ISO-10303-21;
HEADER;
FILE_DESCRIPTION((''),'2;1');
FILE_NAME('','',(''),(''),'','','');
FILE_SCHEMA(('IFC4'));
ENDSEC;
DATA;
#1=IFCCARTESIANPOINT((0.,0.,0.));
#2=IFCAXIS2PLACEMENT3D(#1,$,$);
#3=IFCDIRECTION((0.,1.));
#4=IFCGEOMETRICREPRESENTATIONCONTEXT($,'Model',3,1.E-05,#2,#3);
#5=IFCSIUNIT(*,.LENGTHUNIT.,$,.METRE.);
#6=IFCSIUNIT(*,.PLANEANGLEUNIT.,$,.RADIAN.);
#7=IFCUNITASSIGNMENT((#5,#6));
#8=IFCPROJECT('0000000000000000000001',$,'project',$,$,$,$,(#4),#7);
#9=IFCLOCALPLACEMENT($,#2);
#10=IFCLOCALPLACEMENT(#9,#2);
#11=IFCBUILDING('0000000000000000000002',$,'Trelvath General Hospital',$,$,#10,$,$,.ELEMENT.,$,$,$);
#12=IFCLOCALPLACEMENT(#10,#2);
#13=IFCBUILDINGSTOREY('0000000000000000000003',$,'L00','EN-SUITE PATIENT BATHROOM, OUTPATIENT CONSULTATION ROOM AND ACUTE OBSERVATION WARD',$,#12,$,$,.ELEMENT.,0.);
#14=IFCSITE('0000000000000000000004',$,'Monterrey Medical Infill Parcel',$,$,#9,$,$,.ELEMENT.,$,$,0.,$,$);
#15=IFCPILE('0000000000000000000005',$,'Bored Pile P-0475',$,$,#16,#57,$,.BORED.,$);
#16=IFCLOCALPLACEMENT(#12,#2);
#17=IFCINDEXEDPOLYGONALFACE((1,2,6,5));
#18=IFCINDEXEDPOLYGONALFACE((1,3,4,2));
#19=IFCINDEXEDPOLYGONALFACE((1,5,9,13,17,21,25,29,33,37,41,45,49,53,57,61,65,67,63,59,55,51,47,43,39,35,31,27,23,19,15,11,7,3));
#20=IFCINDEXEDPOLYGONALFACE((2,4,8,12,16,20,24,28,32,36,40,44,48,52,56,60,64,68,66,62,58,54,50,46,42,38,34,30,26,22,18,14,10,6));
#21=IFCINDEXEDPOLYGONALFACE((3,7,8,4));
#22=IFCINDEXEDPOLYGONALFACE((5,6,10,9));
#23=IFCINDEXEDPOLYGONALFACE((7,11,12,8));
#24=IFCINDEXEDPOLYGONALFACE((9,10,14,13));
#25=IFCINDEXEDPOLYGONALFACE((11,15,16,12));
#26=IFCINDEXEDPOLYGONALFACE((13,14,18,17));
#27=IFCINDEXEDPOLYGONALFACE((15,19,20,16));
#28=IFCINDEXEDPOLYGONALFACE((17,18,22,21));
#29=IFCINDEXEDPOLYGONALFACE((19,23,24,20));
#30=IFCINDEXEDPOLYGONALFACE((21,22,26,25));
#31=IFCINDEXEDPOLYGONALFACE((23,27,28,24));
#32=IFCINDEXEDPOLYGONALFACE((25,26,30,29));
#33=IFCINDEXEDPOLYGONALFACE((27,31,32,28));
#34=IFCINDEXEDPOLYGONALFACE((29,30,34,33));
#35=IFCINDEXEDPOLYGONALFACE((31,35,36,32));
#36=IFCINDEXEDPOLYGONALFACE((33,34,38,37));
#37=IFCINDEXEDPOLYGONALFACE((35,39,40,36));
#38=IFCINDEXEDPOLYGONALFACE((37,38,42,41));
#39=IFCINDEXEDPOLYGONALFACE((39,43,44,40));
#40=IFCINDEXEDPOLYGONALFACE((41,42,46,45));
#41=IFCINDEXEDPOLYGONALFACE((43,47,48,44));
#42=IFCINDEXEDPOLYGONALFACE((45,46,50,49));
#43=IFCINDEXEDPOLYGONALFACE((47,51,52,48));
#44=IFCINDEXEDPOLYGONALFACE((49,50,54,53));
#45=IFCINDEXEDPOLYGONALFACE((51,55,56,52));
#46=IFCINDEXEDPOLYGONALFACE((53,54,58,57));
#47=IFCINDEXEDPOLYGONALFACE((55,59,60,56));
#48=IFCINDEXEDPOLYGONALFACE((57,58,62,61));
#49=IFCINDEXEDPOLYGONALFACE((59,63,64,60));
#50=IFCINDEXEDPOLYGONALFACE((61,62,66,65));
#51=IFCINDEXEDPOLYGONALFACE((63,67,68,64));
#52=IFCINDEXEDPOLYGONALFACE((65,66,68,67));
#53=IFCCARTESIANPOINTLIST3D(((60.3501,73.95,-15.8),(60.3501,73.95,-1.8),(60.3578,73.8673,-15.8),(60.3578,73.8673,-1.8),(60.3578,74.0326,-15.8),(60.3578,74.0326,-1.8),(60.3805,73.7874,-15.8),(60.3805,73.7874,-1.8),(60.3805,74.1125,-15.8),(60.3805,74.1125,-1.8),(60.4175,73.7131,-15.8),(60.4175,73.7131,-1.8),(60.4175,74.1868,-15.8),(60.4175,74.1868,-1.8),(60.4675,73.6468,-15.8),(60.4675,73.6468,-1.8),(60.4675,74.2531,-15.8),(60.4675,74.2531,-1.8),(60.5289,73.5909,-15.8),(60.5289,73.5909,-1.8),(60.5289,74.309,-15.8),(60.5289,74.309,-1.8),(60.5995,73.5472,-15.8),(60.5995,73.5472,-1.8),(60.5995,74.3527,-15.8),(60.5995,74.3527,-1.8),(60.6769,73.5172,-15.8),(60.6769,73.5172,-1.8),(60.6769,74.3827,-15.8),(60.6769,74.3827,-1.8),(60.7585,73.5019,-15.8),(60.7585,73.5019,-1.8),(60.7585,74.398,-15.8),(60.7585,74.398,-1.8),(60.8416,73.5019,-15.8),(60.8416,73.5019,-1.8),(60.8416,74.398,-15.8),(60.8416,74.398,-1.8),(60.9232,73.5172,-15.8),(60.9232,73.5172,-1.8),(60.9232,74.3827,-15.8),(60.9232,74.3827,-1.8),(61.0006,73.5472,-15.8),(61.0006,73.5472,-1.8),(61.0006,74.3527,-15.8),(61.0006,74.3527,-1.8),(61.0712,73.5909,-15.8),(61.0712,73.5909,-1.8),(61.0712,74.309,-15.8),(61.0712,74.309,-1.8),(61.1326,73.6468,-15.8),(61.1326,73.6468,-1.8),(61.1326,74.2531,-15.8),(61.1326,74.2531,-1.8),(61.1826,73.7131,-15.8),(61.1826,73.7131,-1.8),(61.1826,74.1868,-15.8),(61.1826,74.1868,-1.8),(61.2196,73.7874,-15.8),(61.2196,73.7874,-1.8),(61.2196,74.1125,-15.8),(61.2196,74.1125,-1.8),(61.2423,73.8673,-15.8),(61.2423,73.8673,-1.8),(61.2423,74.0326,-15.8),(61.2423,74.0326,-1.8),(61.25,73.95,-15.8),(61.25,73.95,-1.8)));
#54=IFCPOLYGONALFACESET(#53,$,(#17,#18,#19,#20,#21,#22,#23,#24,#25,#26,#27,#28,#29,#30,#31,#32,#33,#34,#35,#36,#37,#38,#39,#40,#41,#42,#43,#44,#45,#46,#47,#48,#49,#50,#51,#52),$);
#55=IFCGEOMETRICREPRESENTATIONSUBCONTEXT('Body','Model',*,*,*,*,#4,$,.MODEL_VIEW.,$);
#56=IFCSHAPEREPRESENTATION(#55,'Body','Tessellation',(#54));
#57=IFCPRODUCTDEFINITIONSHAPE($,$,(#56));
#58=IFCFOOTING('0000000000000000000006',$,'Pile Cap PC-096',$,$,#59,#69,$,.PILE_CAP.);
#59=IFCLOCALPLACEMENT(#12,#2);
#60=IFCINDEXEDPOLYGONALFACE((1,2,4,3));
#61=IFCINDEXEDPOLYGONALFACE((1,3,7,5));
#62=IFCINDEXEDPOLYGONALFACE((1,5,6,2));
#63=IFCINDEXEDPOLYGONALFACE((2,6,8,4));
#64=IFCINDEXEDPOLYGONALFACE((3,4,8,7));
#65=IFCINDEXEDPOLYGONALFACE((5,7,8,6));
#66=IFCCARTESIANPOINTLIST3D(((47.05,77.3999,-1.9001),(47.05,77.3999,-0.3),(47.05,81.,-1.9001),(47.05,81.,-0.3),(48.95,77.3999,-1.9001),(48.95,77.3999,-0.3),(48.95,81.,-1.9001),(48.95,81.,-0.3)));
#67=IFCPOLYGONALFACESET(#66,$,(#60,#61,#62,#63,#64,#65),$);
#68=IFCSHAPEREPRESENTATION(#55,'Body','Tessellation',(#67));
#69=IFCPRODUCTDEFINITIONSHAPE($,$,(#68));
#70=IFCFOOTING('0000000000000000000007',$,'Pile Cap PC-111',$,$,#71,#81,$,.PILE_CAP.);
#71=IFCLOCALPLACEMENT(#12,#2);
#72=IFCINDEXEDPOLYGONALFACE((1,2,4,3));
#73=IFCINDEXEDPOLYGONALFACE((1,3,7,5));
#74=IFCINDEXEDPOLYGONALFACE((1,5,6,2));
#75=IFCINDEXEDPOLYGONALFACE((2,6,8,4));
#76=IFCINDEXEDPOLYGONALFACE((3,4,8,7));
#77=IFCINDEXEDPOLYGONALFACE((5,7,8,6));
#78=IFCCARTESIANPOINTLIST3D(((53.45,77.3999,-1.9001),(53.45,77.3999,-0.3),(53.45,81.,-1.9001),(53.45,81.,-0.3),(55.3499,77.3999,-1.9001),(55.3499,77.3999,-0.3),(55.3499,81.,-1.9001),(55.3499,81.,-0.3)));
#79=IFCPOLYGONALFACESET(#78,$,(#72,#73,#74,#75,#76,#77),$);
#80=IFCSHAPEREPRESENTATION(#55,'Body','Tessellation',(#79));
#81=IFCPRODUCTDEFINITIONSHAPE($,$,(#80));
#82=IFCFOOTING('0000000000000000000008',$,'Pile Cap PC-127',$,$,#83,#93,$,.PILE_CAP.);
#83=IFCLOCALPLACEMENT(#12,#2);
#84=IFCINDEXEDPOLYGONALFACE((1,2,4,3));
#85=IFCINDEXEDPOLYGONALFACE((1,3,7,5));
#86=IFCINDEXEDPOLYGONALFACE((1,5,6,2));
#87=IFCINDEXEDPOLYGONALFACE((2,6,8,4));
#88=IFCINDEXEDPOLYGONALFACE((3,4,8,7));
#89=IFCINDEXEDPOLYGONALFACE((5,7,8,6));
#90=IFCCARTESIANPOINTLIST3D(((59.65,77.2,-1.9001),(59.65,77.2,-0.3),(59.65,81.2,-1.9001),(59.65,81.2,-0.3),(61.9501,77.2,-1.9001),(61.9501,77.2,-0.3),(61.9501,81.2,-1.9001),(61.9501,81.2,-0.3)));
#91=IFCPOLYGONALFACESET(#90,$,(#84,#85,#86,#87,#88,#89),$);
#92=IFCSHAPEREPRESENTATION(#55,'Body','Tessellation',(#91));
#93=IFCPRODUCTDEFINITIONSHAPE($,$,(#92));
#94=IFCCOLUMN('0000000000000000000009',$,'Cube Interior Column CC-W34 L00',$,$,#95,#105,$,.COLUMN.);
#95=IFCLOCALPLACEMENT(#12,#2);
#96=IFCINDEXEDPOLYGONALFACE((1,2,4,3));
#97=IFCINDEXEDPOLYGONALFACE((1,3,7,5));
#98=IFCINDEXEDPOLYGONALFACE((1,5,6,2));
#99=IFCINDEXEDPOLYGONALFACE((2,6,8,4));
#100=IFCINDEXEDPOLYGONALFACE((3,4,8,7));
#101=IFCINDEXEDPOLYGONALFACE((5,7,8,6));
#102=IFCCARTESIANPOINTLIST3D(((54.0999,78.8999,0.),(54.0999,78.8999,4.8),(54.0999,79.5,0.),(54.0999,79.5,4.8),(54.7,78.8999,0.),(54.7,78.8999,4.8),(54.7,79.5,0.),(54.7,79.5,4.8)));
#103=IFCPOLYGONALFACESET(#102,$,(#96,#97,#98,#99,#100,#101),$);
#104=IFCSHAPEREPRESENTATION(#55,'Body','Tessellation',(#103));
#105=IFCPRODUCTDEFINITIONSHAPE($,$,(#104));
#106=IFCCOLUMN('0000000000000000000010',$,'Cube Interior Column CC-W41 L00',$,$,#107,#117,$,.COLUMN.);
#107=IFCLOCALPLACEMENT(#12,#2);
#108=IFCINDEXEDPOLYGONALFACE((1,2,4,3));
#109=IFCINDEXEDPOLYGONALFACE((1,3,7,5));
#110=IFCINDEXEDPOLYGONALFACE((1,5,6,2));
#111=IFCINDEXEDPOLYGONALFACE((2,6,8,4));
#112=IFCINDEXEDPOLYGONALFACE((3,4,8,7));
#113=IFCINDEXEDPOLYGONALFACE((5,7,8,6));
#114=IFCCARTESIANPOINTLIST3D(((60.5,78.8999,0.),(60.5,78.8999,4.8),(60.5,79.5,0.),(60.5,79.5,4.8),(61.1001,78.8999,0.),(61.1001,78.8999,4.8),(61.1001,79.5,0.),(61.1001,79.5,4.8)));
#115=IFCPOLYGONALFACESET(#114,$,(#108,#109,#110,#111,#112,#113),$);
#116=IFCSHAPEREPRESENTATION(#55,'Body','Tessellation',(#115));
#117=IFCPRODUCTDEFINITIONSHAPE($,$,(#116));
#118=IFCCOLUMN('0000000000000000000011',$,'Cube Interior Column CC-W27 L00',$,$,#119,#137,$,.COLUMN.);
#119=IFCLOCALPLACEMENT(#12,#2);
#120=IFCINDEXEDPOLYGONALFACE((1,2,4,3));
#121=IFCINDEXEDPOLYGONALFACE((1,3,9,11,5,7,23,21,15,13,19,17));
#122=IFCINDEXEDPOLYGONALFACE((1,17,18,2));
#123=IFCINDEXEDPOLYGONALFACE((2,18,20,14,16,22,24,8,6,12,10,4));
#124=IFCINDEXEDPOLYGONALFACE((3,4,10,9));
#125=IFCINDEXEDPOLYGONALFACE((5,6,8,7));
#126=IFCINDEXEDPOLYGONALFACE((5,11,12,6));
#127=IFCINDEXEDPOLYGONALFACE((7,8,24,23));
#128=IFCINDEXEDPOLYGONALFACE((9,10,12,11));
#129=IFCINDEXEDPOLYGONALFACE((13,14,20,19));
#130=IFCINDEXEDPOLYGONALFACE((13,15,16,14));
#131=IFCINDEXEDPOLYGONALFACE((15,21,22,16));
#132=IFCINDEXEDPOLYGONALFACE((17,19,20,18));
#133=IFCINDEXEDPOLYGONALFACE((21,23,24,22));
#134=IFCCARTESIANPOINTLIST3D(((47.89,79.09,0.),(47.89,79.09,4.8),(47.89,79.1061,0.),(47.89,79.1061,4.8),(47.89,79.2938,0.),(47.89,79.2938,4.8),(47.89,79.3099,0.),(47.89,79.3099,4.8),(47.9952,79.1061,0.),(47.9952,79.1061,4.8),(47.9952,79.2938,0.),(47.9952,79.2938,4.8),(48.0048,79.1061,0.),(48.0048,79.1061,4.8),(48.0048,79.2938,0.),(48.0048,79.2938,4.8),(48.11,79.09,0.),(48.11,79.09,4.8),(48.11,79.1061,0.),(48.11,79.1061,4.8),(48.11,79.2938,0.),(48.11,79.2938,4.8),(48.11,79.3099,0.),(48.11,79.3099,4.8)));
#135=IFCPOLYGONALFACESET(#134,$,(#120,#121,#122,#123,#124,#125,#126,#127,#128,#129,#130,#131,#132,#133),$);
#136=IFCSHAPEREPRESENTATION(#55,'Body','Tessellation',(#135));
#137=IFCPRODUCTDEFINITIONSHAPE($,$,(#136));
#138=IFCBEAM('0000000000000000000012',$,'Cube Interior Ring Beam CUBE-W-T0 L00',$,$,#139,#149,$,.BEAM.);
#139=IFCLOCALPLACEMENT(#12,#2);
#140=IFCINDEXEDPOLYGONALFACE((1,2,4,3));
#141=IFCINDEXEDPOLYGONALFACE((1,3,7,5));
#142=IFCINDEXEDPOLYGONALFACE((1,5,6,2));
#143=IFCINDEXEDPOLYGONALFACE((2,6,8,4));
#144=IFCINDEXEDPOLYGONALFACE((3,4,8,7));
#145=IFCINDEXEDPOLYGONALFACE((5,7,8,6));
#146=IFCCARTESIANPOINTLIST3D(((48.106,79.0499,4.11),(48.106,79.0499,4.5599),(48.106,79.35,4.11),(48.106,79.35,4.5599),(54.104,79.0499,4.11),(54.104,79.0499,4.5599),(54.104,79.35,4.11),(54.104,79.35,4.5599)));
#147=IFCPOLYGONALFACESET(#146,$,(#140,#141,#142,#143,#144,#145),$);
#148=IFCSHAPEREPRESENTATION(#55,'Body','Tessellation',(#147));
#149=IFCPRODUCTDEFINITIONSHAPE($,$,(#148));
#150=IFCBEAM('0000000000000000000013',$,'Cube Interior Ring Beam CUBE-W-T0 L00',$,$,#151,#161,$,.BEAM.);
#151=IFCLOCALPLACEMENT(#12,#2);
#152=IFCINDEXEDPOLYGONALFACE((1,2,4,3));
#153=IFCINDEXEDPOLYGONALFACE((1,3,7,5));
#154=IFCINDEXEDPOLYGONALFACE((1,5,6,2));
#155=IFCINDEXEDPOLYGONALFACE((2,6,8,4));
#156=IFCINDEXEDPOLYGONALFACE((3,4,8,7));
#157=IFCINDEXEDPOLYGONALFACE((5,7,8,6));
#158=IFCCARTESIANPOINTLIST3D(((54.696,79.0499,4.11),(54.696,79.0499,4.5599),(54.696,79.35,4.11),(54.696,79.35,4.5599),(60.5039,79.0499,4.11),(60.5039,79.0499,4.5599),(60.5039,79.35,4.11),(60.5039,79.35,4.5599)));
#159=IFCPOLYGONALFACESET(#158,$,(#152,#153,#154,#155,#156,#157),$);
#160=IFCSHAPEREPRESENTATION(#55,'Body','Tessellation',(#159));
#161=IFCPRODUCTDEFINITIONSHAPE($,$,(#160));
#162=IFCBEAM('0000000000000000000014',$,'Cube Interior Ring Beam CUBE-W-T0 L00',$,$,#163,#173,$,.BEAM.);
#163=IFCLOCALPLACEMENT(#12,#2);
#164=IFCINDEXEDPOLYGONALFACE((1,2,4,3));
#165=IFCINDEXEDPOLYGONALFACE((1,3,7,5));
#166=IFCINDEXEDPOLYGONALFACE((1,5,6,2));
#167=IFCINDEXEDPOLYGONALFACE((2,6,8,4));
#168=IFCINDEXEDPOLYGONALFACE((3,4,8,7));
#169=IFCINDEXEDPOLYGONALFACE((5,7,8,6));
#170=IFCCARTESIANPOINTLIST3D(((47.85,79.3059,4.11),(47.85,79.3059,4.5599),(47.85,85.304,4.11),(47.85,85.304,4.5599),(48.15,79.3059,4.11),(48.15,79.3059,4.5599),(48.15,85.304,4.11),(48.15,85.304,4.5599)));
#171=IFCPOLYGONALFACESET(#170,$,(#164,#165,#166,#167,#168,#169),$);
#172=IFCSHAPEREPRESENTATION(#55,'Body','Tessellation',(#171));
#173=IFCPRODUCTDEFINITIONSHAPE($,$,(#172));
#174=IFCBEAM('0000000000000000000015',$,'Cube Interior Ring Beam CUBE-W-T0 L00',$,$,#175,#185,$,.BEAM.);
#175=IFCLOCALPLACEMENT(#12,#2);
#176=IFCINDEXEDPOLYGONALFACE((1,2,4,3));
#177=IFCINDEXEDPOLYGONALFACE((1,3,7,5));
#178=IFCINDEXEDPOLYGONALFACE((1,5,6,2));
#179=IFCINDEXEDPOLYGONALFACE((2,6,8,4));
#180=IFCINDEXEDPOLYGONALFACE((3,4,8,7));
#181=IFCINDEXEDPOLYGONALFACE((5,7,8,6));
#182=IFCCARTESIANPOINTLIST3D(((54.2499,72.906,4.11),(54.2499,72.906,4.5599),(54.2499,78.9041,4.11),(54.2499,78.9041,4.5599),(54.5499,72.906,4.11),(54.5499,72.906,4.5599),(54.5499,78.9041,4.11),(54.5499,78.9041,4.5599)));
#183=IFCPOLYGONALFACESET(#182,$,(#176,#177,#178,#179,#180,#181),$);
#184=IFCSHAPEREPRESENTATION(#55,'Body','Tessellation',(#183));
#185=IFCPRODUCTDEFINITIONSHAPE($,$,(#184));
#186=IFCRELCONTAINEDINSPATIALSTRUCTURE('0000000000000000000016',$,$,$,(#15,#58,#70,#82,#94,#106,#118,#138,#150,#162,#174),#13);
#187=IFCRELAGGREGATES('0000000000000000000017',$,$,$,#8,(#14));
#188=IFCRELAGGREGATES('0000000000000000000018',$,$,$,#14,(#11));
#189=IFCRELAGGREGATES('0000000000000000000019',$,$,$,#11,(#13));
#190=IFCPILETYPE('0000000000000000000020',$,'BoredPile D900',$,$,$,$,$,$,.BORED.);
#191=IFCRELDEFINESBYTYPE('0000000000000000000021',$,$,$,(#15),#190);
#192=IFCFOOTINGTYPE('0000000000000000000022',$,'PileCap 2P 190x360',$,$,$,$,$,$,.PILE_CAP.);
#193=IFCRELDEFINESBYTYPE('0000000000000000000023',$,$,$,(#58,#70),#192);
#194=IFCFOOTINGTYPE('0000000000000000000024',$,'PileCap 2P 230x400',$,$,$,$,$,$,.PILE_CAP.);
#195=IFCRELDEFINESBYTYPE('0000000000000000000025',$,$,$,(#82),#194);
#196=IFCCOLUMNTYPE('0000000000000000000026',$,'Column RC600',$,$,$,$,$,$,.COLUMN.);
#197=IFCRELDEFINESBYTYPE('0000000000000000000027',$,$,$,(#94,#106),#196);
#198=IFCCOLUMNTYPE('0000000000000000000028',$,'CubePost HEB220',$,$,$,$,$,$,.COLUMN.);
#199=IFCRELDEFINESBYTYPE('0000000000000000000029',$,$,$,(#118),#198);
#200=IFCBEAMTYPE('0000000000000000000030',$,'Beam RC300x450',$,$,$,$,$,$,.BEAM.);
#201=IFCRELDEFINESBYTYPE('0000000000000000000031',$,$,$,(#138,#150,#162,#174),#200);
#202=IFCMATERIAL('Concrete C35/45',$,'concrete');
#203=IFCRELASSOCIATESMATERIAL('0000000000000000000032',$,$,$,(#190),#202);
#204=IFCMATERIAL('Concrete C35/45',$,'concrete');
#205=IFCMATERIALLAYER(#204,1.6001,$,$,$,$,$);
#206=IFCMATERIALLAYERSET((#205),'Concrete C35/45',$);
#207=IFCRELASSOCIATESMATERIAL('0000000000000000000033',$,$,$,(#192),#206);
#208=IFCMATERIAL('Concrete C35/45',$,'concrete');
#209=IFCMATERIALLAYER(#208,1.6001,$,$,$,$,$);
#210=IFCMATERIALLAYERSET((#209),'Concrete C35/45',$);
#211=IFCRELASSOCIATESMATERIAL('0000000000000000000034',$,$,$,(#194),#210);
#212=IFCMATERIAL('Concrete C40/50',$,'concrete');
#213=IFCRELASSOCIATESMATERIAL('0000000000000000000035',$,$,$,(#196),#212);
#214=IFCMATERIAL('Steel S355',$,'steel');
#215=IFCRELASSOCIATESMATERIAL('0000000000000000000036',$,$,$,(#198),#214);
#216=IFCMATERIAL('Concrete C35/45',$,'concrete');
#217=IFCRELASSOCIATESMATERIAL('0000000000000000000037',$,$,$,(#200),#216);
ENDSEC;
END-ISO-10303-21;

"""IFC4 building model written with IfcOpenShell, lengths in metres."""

from ifc_helpers import new_model, si_unit, direction, frame, origin, origin_2d, place, context, subcontext, project, spatial, rectangle, circle, i_section, extrude, material, layer, layer_set, material_profile, profile_set, type_object, element, save


model = new_model("IFC4")

# Units and contexts
model_context = context("Model", 3, precision=1e-05, world=origin(), true_north=direction((0.0, 1.0)))
body_context = subcontext(model_context, "Body", "Model", "MODEL_VIEW")
ifc_project = project(units=[si_unit("LENGTHUNIT", "METRE"), si_unit("PLANEANGLEUNIT", "RADIAN")], contexts=[model_context])

# Site, building, storey
site_placement = place(None, origin())
site = spatial("IfcSite", under=ifc_project, at=site_placement, Name="Monterrey Medical Infill Parcel", CompositionType="ELEMENT", RefElevation=0.0)
building_placement = place(site_placement, origin())
building = spatial("IfcBuilding", under=site, at=building_placement, Name="Trelvath General Hospital", CompositionType="ELEMENT")
storey_placement = place(building_placement, origin())
storey = spatial("IfcBuildingStorey", under=building, at=storey_placement, Name="L00", Description="EN-SUITE PATIENT BATHROOM, OUTPATIENT CONSULTATION ROOM AND ACUTE OBSERVATION WARD", CompositionType="ELEMENT", Elevation=0.0)

# Pile
ifc_material_1 = material(Name="Concrete C35/45", Category="concrete")
ifc_material_profile_1 = material_profile(ifc_material_1, circle(Radius=0.45, at=origin_2d()), Name="PILE900")
ifc_profile_set_1 = profile_set([ifc_material_profile_1], Name="Concrete C35/45")
pile_type_1 = type_object("IfcPileType", Name="BoredPile D900", PredefinedType="BORED", material=ifc_profile_set_1)
for number, where, z_axis, x_axis, name in (
    (1, (60.8, 73.95, -1.8), (0.0, 0.0, -1.0), (1.0, 0.0, 0.0), "Bored Pile P-0475"),
):
    element("IfcPile", number, at=place(storey_placement, frame(where, z_axis=z_axis, x_axis=x_axis)), inside=storey, type_object=pile_type_1, Name=name, PredefinedType="BORED", context=body_context, shape_type="SweptSolid", body=[
        extrude(circle(Radius=0.45, at=origin_2d()), origin(), (0.0, 0.0, 1.0), 14.0),
    ])

# Footings
ifc_material_2 = material(Name="Concrete C35/45", Category="concrete")
ifc_layer_1 = layer(ifc_material_2, 1.6001)
ifc_layer_set_1 = layer_set([ifc_layer_1], Name="Concrete C35/45")
footing_type_1 = type_object("IfcFootingType", Name="PileCap 2P 190x360", PredefinedType="PILE_CAP", material=ifc_layer_set_1)
for number, where, z_axis, x_axis, name in (
    (2, (48.0, 79.2, -1.9001), (0.0, 0.0, 1.0), (1.0, 0.0, 0.0), "Pile Cap PC-096"),
    (3, (54.3999, 79.2, -1.9001), (0.0, 0.0, 1.0), (1.0, 0.0, 0.0), "Pile Cap PC-111"),
):
    element("IfcFooting", number, at=place(storey_placement, frame(where, z_axis=z_axis, x_axis=x_axis)), inside=storey, type_object=footing_type_1, Name=name, PredefinedType="PILE_CAP", context=body_context, shape_type="SweptSolid", body=[
        extrude(rectangle(XDim=1.8999, YDim=3.6001, at=origin_2d()), origin(), (0.0, 0.0, 1.0), 1.6001),
    ])
ifc_material_3 = material(Name="Concrete C35/45", Category="concrete")
ifc_layer_2 = layer(ifc_material_3, 1.6001)
ifc_layer_set_2 = layer_set([ifc_layer_2], Name="Concrete C35/45")
footing_type_2 = type_object("IfcFootingType", Name="PileCap 2P 230x400", PredefinedType="PILE_CAP", material=ifc_layer_set_2)
footing_placement = place(storey_placement, frame((60.8, 79.2, -1.9001), z_axis=(0.0, 0.0, 1.0), x_axis=(1.0, 0.0, 0.0)))
element("IfcFooting", 4, at=footing_placement, inside=storey, type_object=footing_type_2, Name="Pile Cap PC-127", PredefinedType="PILE_CAP", context=body_context, shape_type="SweptSolid", body=[
    extrude(rectangle(XDim=2.3, YDim=4.0, at=origin_2d()), origin(), (0.0, 0.0, 1.0), 1.6001),
])

# Columns
ifc_material_4 = material(Name="Concrete C40/50", Category="concrete")
ifc_material_profile_2 = material_profile(ifc_material_4, rectangle(XDim=0.6001, YDim=0.6001, at=origin_2d()), Name="RC600x600")
ifc_profile_set_2 = profile_set([ifc_material_profile_2], Name="Concrete C40/50")
column_type_1 = type_object("IfcColumnType", Name="Column RC600", PredefinedType="COLUMN", material=ifc_profile_set_2)
for number, where, z_axis, x_axis, name in (
    (5, (54.3999, 79.2, 0.0), (0.0, 0.0, 1.0), (1.0, 0.0, 0.0), "Cube Interior Column CC-W34 L00"),
    (6, (60.8, 79.2, 0.0), (0.0, 0.0, 1.0), (1.0, 0.0, 0.0), "Cube Interior Column CC-W41 L00"),
):
    element("IfcColumn", number, at=place(storey_placement, frame(where, z_axis=z_axis, x_axis=x_axis)), inside=storey, type_object=column_type_1, Name=name, PredefinedType="COLUMN", context=body_context, shape_type="SweptSolid", body=[
        extrude(rectangle(XDim=0.6001, YDim=0.6001, at=origin_2d()), origin(), (0.0, 0.0, 1.0), 4.8),
    ])
ifc_material_5 = material(Name="Steel S355", Category="steel")
ifc_material_profile_3 = material_profile(ifc_material_5, i_section(OverallWidth=0.22, OverallDepth=0.22, WebThickness=0.0095, FlangeThickness=0.0161, at=origin_2d()), Name="HEB220")
ifc_profile_set_3 = profile_set([ifc_material_profile_3], Name="Steel S355")
column_type_2 = type_object("IfcColumnType", Name="CubePost HEB220", PredefinedType="COLUMN", material=ifc_profile_set_3)
column_placement = place(storey_placement, frame((48.0, 79.2, 0.0), z_axis=(0.0, 0.0, 1.0), x_axis=(1.0, 0.0, 0.0)))
element("IfcColumn", 7, at=column_placement, inside=storey, type_object=column_type_2, Name="Cube Interior Column CC-W27 L00", PredefinedType="COLUMN", context=body_context, shape_type="SweptSolid", body=[
    extrude(i_section(OverallWidth=0.22, OverallDepth=0.22, WebThickness=0.0095, FlangeThickness=0.0161, at=origin_2d()), origin(), (0.0, 0.0, 1.0), 4.8),
])

# Beams
ifc_material_6 = material(Name="Concrete C35/45", Category="concrete")
ifc_material_profile_4 = material_profile(ifc_material_6, rectangle(XDim=0.3, YDim=0.45, at=origin_2d()), Name="RCB300x450")
ifc_profile_set_4 = profile_set([ifc_material_profile_4], Name="Concrete C35/45")
beam_type = type_object("IfcBeamType", Name="Beam RC300x450", PredefinedType="BEAM", material=ifc_profile_set_4)
beam_1_placement = place(storey_placement, frame((48.106, 79.2, 4.335), z_axis=(1.0, 0.0, 0.0), x_axis=(0.0, 1.0, 0.0)))
element("IfcBeam", 8, at=beam_1_placement, inside=storey, type_object=beam_type, Name="Cube Interior Ring Beam CUBE-W-T0 L00", PredefinedType="BEAM", context=body_context, shape_type="SweptSolid", body=[
    extrude(rectangle(XDim=0.3, YDim=0.45, at=origin_2d()), origin(), (0.0, 0.0, 1.0), 5.998),
])
beam_2_placement = place(storey_placement, frame((54.696, 79.2, 4.335), z_axis=(1.0, 0.0, 0.0), x_axis=(0.0, 1.0, 0.0)))
element("IfcBeam", 9, at=beam_2_placement, inside=storey, type_object=beam_type, Name="Cube Interior Ring Beam CUBE-W-T0 L00", PredefinedType="BEAM", context=body_context, shape_type="SweptSolid", body=[
    extrude(rectangle(XDim=0.3, YDim=0.45, at=origin_2d()), origin(), (0.0, 0.0, 1.0), 5.8079),
])
for number, where, z_axis, x_axis, name in (
    (10, (48.0, 79.3059, 4.335), (0.0, 1.0, 0.0), (-1.0, 0.0, 0.0), "Cube Interior Ring Beam CUBE-W-T0 L00"),
    (11, (54.3999, 72.906, 4.335), (0.0, 1.0, 0.0), (-1.0, 0.0, 0.0), "Cube Interior Ring Beam CUBE-W-T0 L00"),
):
    element("IfcBeam", number, at=place(storey_placement, frame(where, z_axis=z_axis, x_axis=x_axis)), inside=storey, type_object=beam_type, Name=name, PredefinedType="BEAM", context=body_context, shape_type="SweptSolid", body=[
        extrude(rectangle(XDim=0.3, YDim=0.45, at=origin_2d()), origin(), (0.0, 0.0, 1.0), 5.998),
    ])

save(model, "model.ifc")
